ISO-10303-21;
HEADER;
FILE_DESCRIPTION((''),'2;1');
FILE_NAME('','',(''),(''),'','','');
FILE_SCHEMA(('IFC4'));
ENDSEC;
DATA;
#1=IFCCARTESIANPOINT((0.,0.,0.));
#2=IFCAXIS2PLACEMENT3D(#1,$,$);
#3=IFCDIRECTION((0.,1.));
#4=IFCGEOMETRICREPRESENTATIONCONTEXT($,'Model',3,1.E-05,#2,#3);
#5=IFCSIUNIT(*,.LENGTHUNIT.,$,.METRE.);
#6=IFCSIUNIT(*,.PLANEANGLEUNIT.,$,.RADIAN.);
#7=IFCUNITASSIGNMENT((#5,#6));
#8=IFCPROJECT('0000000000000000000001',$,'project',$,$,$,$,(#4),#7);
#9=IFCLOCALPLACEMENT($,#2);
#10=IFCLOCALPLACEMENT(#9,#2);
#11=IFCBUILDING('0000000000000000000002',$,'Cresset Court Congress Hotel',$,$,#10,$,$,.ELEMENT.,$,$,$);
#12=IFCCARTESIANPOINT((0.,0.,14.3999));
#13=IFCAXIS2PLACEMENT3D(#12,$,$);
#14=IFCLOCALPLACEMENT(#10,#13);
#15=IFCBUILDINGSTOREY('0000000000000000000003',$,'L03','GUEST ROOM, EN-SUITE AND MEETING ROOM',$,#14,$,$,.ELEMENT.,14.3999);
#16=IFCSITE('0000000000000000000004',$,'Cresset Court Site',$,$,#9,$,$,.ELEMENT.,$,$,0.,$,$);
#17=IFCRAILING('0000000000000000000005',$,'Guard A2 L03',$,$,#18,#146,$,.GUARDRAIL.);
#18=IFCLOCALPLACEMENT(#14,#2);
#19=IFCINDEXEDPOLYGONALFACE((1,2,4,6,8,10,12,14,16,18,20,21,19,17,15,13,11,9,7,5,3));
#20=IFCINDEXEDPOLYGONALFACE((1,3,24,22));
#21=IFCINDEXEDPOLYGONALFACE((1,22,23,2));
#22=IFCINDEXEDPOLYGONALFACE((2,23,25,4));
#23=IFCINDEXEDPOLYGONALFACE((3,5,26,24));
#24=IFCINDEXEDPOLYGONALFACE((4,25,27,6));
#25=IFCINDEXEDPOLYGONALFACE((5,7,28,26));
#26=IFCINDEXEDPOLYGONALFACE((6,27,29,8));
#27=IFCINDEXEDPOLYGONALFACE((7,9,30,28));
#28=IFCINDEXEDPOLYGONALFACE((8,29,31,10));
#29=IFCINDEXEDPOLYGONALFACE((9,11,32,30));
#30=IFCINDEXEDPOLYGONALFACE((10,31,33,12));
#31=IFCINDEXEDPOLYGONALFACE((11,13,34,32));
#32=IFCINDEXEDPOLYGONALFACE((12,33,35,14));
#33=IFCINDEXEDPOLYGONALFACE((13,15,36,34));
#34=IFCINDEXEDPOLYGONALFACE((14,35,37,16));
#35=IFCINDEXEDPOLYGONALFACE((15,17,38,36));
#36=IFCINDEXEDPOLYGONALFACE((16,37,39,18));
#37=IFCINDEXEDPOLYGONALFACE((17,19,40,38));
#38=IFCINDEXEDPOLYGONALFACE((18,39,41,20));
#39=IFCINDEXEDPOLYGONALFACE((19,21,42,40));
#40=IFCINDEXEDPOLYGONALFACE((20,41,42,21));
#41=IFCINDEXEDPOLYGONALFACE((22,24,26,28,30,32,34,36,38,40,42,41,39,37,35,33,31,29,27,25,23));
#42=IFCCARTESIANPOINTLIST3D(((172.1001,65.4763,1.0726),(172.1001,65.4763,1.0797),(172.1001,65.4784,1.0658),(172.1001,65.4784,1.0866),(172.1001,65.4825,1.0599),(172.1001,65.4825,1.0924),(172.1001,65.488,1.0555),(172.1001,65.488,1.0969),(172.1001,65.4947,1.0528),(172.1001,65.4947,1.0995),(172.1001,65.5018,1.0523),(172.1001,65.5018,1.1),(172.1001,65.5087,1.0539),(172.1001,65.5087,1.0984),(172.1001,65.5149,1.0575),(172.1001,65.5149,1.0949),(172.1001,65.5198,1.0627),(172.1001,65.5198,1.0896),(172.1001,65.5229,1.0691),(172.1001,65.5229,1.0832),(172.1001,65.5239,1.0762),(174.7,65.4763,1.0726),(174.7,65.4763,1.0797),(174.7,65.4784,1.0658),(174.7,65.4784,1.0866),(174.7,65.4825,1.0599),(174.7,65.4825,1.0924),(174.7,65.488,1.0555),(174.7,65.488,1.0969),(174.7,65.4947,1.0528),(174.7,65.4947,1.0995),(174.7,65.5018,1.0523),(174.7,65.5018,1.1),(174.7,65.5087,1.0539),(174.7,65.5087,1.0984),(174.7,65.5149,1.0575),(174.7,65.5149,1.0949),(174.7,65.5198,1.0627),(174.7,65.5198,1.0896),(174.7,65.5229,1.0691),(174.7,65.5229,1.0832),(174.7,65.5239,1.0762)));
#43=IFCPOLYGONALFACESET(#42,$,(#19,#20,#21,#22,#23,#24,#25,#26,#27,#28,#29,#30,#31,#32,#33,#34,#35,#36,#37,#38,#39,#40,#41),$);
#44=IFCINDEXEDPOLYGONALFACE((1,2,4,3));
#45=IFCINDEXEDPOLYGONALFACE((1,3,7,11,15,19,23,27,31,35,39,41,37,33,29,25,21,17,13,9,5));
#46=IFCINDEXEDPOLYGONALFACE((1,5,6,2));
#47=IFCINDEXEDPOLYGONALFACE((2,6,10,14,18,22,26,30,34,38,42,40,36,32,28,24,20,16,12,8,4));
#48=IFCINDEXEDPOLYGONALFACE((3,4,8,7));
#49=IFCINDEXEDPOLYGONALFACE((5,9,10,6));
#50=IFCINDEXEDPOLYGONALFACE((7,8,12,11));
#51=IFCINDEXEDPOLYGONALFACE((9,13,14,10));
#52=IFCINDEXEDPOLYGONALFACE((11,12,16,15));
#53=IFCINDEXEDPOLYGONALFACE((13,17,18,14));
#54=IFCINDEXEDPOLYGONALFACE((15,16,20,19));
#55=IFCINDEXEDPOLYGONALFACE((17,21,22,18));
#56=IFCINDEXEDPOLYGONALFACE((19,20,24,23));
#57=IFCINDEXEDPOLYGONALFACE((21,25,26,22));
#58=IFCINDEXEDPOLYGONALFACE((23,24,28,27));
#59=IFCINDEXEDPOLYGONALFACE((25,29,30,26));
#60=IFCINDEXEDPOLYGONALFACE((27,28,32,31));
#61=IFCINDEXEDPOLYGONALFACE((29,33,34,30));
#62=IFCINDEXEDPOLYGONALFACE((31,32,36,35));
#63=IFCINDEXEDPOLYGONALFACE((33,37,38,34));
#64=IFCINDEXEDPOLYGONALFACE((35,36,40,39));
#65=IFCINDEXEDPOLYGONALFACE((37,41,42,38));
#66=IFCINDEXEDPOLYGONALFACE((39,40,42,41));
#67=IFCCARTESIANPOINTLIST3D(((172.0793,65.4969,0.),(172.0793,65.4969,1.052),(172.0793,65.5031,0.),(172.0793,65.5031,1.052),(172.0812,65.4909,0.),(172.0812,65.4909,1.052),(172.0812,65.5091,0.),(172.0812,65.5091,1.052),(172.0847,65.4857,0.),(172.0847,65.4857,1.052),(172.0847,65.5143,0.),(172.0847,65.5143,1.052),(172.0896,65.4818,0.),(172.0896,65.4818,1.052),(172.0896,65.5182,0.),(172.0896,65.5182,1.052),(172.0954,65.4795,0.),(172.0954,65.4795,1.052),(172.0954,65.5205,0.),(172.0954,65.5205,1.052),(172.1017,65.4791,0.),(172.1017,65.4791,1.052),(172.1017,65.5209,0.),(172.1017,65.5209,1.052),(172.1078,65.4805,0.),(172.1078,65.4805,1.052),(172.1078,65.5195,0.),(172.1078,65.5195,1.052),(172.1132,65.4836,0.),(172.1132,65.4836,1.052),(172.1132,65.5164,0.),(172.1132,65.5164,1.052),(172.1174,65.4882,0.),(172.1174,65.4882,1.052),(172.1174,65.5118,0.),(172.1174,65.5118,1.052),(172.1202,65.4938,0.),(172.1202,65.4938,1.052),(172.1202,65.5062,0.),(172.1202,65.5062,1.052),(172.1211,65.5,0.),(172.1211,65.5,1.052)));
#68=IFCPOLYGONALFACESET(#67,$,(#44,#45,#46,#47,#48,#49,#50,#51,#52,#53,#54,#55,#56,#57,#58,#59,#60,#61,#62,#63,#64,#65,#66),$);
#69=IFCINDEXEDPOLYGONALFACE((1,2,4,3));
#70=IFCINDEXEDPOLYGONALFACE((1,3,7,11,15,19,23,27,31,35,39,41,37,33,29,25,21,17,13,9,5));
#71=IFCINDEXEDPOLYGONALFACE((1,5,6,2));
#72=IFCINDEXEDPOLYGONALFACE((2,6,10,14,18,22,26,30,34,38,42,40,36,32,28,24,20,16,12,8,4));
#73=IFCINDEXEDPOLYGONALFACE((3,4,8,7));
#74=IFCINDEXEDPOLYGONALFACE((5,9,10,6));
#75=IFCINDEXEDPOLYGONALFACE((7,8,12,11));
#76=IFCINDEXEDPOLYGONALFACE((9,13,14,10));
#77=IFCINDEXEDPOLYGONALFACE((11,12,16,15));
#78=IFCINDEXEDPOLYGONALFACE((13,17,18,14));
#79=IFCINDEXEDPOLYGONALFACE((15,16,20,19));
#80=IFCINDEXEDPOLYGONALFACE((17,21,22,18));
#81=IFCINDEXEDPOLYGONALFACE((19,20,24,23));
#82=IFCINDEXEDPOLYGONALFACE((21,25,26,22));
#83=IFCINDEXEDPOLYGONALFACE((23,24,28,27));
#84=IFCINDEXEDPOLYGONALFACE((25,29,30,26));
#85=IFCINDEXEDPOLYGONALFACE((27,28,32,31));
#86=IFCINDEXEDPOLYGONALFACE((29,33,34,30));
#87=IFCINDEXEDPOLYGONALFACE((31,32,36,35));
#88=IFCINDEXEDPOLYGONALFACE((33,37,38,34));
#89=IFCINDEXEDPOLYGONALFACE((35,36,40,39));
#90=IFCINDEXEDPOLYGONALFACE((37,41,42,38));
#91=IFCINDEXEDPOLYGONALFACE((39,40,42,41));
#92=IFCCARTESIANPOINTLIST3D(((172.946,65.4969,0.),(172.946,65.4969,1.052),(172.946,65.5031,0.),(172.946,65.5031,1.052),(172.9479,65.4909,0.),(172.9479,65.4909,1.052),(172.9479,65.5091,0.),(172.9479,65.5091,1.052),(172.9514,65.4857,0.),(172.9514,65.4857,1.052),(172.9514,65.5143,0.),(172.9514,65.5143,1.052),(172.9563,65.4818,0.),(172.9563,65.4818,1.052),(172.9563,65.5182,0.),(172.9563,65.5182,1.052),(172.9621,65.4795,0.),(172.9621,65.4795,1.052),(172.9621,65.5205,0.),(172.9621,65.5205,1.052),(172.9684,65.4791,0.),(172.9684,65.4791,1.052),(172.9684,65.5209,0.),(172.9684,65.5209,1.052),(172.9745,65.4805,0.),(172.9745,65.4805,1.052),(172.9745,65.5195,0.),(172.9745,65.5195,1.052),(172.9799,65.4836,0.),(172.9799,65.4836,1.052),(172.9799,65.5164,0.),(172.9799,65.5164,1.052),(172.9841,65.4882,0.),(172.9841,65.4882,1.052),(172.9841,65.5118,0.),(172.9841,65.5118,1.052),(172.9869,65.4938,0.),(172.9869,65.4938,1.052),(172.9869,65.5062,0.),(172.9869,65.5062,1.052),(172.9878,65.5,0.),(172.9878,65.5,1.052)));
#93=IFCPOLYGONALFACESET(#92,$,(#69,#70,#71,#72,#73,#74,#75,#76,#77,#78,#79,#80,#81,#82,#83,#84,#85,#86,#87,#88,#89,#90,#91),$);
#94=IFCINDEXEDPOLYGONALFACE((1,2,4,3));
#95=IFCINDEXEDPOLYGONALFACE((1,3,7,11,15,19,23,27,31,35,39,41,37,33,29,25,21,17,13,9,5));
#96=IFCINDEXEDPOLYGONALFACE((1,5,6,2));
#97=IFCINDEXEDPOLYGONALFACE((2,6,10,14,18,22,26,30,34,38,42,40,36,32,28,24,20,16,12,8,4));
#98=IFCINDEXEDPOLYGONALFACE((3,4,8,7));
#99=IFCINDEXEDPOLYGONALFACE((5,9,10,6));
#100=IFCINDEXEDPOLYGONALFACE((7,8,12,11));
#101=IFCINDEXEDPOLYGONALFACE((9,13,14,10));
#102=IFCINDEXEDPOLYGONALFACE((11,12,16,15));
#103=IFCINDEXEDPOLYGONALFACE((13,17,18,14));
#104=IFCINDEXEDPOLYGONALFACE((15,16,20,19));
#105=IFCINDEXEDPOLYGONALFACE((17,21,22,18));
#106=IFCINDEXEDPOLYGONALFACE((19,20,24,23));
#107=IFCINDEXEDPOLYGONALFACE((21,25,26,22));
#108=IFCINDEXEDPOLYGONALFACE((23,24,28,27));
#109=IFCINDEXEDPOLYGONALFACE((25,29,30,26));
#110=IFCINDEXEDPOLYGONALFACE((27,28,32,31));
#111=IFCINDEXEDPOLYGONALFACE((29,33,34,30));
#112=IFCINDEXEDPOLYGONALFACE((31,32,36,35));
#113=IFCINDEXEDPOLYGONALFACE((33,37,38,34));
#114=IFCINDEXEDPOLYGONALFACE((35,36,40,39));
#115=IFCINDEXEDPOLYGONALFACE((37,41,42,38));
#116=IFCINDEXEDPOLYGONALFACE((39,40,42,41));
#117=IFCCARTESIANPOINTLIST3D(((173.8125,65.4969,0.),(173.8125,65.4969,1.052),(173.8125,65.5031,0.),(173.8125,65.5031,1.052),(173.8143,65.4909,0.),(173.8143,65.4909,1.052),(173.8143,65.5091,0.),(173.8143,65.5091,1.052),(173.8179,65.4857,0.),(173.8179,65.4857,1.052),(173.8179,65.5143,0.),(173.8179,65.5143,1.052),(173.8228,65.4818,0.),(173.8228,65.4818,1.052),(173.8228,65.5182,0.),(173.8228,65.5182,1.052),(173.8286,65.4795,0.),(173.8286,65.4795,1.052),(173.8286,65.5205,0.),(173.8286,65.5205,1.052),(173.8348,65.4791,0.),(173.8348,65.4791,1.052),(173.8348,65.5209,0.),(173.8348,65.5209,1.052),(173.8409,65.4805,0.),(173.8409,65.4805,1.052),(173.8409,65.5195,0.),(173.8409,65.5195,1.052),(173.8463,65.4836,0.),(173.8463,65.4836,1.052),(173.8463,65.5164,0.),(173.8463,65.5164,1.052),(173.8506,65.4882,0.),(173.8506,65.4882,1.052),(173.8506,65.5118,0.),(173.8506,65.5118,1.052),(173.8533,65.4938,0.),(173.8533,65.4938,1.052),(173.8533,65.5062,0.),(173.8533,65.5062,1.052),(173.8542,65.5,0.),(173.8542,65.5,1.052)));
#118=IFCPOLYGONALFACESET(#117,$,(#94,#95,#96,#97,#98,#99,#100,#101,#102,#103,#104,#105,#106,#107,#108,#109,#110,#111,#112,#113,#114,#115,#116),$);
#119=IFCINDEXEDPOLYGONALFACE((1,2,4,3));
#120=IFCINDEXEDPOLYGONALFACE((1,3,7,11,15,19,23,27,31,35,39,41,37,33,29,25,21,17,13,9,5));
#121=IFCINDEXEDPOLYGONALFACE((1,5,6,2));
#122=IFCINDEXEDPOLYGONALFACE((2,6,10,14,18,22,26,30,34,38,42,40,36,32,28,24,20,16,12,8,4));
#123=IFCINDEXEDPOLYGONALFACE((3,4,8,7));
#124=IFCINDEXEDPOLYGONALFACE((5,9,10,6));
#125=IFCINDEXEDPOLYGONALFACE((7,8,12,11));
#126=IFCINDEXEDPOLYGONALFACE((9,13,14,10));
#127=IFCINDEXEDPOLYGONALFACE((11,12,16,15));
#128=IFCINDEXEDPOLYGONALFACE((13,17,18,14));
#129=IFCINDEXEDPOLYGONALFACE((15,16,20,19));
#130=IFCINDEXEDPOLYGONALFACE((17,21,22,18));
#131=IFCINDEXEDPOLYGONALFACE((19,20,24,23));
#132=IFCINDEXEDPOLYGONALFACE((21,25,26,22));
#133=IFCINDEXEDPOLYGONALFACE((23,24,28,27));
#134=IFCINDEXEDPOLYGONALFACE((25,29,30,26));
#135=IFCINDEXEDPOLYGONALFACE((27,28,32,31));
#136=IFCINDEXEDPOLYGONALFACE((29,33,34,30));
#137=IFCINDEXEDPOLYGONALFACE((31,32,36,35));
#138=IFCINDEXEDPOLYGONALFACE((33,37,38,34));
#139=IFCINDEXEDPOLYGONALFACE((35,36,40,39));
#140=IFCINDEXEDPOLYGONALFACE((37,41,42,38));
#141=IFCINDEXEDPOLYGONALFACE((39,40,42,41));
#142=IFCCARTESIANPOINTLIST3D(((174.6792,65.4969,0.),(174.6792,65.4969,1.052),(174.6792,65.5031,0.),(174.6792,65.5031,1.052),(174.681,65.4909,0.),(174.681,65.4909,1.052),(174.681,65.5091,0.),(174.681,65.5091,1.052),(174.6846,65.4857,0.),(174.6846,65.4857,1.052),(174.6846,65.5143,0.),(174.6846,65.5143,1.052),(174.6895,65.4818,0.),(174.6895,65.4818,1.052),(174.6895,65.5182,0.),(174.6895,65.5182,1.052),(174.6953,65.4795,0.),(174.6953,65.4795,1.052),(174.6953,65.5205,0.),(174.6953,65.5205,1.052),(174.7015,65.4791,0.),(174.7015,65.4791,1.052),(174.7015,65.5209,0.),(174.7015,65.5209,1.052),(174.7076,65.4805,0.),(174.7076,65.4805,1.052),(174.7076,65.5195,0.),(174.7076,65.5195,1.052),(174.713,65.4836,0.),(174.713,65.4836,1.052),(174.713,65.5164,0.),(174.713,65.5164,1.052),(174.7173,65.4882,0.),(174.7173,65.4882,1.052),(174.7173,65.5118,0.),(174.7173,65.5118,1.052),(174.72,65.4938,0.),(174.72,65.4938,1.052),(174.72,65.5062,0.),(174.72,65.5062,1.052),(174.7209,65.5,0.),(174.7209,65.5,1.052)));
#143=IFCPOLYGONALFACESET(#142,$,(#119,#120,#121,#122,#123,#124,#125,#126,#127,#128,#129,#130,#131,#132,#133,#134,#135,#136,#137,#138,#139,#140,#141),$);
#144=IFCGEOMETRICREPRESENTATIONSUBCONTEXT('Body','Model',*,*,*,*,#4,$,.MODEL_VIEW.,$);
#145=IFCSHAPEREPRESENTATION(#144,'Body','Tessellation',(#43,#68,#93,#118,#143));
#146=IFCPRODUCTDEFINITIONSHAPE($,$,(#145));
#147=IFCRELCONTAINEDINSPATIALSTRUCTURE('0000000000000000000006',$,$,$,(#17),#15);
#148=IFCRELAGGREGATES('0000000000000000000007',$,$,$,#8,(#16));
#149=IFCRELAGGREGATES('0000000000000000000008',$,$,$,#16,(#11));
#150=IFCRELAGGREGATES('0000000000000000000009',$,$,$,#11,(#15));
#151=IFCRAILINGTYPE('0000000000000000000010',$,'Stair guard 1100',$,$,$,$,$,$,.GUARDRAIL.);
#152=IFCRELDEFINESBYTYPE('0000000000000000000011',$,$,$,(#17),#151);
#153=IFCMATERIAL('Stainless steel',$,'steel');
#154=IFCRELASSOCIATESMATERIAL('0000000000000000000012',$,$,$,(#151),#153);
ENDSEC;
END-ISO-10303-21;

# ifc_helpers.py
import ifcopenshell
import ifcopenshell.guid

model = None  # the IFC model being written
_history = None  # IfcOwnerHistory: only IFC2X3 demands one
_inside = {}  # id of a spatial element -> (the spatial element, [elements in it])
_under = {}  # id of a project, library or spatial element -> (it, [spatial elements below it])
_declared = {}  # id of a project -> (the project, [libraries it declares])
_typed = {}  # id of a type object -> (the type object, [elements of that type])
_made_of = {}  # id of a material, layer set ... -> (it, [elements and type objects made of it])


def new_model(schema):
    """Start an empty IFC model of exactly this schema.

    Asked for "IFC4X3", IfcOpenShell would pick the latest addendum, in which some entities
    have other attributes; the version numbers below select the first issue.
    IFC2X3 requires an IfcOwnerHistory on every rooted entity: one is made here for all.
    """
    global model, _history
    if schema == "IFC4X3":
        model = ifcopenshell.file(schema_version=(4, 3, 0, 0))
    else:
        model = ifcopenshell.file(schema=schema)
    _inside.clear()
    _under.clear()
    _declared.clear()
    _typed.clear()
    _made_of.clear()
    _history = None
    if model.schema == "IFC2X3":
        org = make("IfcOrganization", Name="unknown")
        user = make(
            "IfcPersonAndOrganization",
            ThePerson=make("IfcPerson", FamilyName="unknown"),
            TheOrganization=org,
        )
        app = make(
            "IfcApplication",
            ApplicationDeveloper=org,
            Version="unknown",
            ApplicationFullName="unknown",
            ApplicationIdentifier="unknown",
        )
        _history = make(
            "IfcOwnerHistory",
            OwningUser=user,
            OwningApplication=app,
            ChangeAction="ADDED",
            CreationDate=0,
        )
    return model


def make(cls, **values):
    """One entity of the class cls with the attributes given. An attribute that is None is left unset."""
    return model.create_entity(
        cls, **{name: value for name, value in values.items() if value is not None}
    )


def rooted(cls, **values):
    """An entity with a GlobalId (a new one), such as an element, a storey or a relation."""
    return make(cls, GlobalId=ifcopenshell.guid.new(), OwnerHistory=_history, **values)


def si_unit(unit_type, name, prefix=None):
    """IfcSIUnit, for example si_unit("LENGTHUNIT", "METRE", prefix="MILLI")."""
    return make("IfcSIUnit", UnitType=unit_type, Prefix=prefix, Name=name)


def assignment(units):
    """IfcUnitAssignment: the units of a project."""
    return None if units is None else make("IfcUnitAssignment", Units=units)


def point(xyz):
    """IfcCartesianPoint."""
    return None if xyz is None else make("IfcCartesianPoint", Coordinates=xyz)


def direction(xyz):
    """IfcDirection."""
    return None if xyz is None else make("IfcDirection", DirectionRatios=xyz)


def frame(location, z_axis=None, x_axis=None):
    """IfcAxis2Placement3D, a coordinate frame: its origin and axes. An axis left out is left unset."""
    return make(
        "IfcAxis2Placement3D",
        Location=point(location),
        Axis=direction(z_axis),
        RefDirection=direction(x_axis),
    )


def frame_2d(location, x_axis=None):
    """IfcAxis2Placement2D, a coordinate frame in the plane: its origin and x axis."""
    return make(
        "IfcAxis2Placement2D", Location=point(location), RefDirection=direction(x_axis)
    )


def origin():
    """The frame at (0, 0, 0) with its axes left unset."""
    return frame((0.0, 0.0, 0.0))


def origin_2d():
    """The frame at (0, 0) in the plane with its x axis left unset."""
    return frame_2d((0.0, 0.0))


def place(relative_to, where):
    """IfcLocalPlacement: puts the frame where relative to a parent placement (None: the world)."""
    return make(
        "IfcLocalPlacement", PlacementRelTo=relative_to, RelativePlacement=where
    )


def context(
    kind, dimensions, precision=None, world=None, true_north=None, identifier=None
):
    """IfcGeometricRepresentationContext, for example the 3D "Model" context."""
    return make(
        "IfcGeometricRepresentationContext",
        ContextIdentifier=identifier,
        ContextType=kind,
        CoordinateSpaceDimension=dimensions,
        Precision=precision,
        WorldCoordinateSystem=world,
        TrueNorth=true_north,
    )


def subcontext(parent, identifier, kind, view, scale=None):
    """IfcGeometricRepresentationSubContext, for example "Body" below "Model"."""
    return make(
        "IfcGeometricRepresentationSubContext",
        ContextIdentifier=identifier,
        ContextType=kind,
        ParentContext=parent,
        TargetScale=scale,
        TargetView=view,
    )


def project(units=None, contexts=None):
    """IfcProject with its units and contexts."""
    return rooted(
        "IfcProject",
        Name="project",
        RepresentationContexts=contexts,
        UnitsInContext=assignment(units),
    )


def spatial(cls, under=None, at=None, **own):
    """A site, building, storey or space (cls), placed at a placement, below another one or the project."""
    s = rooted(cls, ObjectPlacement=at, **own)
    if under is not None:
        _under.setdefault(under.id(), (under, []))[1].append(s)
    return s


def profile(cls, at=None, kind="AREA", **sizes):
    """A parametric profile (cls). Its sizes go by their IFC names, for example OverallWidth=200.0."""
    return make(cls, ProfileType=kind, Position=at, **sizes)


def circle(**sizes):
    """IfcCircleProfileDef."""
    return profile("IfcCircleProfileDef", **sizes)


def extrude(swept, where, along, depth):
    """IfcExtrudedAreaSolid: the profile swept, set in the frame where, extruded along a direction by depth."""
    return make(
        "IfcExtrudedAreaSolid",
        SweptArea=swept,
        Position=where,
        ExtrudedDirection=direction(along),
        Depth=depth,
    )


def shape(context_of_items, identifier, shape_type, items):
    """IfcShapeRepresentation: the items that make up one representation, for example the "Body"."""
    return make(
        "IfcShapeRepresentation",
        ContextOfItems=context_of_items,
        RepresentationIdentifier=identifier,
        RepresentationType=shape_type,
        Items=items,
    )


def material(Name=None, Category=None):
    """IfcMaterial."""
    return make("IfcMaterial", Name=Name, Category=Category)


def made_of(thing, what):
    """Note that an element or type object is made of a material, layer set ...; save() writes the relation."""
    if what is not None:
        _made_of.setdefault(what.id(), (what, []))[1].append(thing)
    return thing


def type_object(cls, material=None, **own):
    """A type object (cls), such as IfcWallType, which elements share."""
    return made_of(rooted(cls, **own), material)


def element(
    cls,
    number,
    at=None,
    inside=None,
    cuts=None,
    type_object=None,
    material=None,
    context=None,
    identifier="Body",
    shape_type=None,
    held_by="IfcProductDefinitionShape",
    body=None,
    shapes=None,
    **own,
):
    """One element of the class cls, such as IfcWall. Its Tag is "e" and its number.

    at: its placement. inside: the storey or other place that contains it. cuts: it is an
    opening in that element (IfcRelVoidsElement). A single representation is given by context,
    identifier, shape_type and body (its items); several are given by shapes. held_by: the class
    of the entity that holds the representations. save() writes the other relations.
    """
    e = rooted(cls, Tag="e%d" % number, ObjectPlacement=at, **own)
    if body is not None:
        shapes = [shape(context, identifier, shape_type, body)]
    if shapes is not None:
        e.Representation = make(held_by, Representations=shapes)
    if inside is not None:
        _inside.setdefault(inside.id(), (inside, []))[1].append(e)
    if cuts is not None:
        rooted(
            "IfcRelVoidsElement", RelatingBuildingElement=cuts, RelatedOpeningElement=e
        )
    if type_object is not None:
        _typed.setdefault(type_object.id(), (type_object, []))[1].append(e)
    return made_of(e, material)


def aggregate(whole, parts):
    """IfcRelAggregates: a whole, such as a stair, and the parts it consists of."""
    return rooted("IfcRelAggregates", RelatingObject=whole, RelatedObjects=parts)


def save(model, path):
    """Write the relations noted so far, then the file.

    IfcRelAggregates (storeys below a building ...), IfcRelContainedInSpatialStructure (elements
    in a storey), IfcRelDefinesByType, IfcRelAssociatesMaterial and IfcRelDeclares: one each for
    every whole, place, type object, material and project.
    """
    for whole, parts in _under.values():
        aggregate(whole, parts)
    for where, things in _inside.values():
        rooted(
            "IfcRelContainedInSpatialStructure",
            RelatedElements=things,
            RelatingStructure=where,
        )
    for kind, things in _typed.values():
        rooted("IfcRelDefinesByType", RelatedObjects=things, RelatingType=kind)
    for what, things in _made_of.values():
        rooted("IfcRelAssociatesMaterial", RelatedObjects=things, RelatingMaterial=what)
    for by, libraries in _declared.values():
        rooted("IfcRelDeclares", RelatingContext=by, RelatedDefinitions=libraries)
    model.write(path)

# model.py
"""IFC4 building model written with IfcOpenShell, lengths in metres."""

from ifc_helpers import new_model, si_unit, direction, frame, origin, origin_2d, place, context, subcontext, project, spatial, circle, extrude, material, type_object, element, save


model = new_model("IFC4")

# Units and contexts
model_context = context("Model", 3, precision=1e-05, world=origin(), true_north=direction((0.0, 1.0)))
body_context = subcontext(model_context, "Body", "Model", "MODEL_VIEW")
ifc_project = project(units=[si_unit("LENGTHUNIT", "METRE"), si_unit("PLANEANGLEUNIT", "RADIAN")], contexts=[model_context])

# Site, building, storey
site_placement = place(None, origin())
site = spatial("IfcSite", under=ifc_project, at=site_placement, Name="Cresset Court Site", CompositionType="ELEMENT", RefElevation=0.0)
building_placement = place(site_placement, origin())
building = spatial("IfcBuilding", under=site, at=building_placement, Name="Cresset Court Congress Hotel", CompositionType="ELEMENT")
storey_placement = place(building_placement, frame((0.0, 0.0, 14.3999)))
storey = spatial("IfcBuildingStorey", under=building, at=storey_placement, Name="L03", Description="GUEST ROOM, EN-SUITE AND MEETING ROOM", CompositionType="ELEMENT", Elevation=14.3999)

# Railing
ifc_material_1 = material(Name="Stainless steel", Category="steel")
railing_type_1 = type_object("IfcRailingType", Name="Stair guard 1100", PredefinedType="GUARDRAIL", material=ifc_material_1)
railing_1_placement = place(storey_placement, frame((172.1001, 65.5, 0.0)))
element("IfcRailing", 1, at=railing_1_placement, inside=storey, type_object=railing_type_1, Name="Guard A2 L03", PredefinedType="GUARDRAIL", context=body_context, shape_type="SweptSolid", body=[
    extrude(circle(Radius=0.0239, at=origin_2d()), frame((0.0, 0.0, 1.0762), z_axis=(1.0, 0.0, 0.0), x_axis=(0.0, 1.0, 0.0)), (0.0, 0.0, 1.0), 2.5999),
    extrude(circle(Radius=0.021, at=origin_2d()), origin(), (0.0, 0.0, 1.0), 1.052),
    extrude(circle(Radius=0.021, at=origin_2d()), frame((0.8667, 0.0, 0.0)), (0.0, 0.0, 1.0), 1.052),
    extrude(circle(Radius=0.021, at=origin_2d()), frame((1.7332, 0.0, 0.0)), (0.0, 0.0, 1.0), 1.052),
    extrude(circle(Radius=0.021, at=origin_2d()), frame((2.5999, 0.0, 0.0)), (0.0, 0.0, 1.0), 1.052),
])

save(model, "model.ifc")
